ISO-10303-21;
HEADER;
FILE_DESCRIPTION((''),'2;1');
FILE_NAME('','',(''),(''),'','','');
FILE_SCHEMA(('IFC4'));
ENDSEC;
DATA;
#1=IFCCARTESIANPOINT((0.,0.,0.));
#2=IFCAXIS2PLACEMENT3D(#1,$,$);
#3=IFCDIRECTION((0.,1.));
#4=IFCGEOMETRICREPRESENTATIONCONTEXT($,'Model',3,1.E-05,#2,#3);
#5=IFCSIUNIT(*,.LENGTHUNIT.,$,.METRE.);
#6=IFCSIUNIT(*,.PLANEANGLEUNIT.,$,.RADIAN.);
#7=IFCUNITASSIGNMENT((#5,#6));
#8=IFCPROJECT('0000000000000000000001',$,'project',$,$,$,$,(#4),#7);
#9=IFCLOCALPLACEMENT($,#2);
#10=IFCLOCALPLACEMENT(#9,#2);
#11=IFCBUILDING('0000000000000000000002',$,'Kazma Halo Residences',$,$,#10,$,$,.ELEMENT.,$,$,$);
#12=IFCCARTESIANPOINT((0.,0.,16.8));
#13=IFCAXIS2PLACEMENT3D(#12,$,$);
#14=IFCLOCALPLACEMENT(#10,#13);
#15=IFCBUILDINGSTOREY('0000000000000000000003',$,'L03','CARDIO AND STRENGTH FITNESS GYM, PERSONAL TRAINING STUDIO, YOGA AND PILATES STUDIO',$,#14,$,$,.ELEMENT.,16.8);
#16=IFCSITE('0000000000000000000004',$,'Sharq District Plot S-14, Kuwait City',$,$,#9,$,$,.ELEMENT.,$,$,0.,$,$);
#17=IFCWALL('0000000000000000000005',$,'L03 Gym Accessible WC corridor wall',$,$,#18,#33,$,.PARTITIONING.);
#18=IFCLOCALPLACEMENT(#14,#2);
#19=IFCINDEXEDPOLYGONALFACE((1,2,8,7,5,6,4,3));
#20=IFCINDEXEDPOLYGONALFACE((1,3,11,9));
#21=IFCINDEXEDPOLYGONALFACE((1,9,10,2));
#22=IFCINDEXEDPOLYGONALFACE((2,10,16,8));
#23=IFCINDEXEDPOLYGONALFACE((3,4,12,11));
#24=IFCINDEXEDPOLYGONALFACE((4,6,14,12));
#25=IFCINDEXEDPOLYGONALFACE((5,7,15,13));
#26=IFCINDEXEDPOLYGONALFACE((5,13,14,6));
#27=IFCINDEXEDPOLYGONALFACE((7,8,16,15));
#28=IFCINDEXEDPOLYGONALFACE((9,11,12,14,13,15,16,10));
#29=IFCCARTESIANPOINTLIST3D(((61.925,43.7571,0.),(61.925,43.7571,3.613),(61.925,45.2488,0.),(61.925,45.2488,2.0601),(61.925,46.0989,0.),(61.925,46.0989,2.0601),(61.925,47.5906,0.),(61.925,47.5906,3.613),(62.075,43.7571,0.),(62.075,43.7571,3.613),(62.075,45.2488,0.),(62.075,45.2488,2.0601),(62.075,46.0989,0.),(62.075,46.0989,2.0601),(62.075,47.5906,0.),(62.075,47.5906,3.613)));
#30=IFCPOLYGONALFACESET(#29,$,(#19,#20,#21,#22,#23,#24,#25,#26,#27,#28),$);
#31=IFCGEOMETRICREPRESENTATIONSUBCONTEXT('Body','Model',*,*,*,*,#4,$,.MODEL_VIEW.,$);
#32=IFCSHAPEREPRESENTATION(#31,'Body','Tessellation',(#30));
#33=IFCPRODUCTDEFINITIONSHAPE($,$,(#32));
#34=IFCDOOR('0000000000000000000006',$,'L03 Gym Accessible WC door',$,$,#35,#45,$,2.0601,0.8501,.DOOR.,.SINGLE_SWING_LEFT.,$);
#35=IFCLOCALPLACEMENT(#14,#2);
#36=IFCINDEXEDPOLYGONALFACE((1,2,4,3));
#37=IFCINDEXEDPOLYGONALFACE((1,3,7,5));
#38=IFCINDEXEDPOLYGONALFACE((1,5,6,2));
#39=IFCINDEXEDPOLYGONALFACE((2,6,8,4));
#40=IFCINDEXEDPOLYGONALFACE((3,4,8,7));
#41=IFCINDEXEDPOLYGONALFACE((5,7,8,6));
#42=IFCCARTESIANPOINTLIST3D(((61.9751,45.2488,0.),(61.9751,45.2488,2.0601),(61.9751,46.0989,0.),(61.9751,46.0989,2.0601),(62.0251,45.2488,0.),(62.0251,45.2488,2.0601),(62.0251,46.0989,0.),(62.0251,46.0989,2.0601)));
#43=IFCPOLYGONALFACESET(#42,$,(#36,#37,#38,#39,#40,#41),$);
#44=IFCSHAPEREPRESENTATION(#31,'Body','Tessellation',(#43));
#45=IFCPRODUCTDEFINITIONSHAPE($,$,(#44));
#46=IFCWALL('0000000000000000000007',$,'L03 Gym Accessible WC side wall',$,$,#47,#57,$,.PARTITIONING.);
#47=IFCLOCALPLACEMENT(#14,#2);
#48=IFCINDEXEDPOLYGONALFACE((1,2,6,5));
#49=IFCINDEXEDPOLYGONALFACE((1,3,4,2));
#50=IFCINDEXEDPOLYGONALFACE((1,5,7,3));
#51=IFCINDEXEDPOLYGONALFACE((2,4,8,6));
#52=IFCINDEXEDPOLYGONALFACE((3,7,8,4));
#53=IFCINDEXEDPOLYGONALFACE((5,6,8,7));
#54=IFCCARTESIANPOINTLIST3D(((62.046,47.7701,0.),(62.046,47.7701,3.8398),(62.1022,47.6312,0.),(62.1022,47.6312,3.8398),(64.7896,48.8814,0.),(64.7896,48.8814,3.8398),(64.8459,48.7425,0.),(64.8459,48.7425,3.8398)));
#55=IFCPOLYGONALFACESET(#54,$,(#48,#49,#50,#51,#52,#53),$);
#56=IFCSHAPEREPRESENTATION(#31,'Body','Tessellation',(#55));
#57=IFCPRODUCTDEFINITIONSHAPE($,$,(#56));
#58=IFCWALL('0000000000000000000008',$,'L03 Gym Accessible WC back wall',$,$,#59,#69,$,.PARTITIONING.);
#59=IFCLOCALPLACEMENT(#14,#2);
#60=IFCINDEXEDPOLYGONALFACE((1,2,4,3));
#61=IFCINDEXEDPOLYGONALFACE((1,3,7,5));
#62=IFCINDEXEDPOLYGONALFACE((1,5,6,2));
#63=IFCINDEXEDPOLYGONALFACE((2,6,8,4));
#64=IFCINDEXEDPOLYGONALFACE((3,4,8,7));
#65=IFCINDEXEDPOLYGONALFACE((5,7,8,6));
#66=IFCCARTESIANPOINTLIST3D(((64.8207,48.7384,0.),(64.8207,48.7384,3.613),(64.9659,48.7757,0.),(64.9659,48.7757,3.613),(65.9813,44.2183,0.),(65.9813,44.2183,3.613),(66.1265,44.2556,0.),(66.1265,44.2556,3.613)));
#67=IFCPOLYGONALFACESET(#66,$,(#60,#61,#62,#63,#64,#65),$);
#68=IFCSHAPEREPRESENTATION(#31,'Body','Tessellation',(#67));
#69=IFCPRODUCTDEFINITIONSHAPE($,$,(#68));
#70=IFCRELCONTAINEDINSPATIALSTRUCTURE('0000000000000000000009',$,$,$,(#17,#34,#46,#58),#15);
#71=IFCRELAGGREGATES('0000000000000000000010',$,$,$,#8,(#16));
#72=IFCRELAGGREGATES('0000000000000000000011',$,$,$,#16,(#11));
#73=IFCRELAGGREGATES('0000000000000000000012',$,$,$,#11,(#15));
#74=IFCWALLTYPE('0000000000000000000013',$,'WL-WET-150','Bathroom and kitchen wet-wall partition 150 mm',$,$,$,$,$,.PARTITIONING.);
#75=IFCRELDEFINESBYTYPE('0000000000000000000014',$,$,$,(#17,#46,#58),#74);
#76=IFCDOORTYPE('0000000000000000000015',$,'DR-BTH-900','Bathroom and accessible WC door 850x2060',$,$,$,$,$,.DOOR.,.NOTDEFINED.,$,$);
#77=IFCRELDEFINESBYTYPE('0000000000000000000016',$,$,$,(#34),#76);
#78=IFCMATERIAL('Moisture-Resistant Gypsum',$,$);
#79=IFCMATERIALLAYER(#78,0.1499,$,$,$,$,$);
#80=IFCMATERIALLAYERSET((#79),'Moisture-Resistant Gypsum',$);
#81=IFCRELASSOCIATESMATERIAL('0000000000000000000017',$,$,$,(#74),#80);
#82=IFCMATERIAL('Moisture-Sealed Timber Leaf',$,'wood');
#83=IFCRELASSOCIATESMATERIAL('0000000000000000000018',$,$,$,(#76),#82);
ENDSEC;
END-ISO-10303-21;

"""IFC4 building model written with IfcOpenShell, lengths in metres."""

from ifc_helpers import new_model, si_unit, direction, frame, frame_2d, origin, place, context, subcontext, project, spatial, rectangle, extrude, material, layer, layer_set, type_object, element, fill, save


model = new_model("IFC4")

# Units and contexts
model_context = context("Model", 3, precision=1e-05, world=origin(), true_north=direction((0.0, 1.0)))
body_context = subcontext(model_context, "Body", "Model", "MODEL_VIEW")
ifc_project = project(units=[si_unit("LENGTHUNIT", "METRE"), si_unit("PLANEANGLEUNIT", "RADIAN")], contexts=[model_context])

# Site, building, storey
site_placement = place(None, origin())
site = spatial("IfcSite", under=ifc_project, at=site_placement, Name="Sharq District Plot S-14, Kuwait City", CompositionType="ELEMENT", RefElevation=0.0)
building_placement = place(site_placement, origin())
building = spatial("IfcBuilding", under=site, at=building_placement, Name="Kazma Halo Residences", CompositionType="ELEMENT")
storey_placement = place(building_placement, frame((0.0, 0.0, 16.8)))
storey = spatial("IfcBuildingStorey", under=building, at=storey_placement, Name="L03", Description="CARDIO AND STRENGTH FITNESS GYM, PERSONAL TRAINING STUDIO, YOGA AND PILATES STUDIO", CompositionType="ELEMENT", Elevation=16.8)

# Shared definitions
ifc_material_1 = material(Name="Moisture-Resistant Gypsum")
ifc_layer_1 = layer(ifc_material_1, 0.1499)
ifc_layer_set_1 = layer_set([ifc_layer_1], Name="Moisture-Resistant Gypsum")
wall_type_1 = type_object("IfcWallType", Name="WL-WET-150", Description="Bathroom and kitchen wet-wall partition 150 mm", PredefinedType="PARTITIONING", material=ifc_layer_set_1)

# Wall, opening, door
wall_1_placement = place(storey_placement, frame((62.0, 43.7571, 0.0), z_axis=(0.0, 0.0, 1.0), x_axis=(0.0, 1.0, 0.0)))
wall_1 = element("IfcWall", 1, at=wall_1_placement, inside=storey, type_object=wall_type_1, Name="L03 Gym Accessible WC corridor wall", PredefinedType="PARTITIONING", context=body_context, shape_type="SweptSolid", body=[
    extrude(rectangle(XDim=3.8335, YDim=0.1499, at=frame_2d((1.9167, 0.0))), origin(), (0.0, 0.0, 1.0), 3.613),
])
opening_1_placement = place(wall_1_placement, frame((1.4917, 0.0, 0.0)))
opening_1 = element("IfcOpeningElement", 2, at=opening_1_placement, cuts=wall_1, PredefinedType="OPENING", context=body_context, shape_type="SweptSolid", body=[
    extrude(rectangle(XDim=0.8501, YDim=2.0601, at=frame_2d((0.425, 1.03))), frame((0.0, 0.085, 0.0), z_axis=(0.0, -1.0, 0.0), x_axis=(1.0, 0.0, 0.0)), (0.0, 0.0, 1.0), 0.1699),
])
ifc_material_2 = material(Name="Moisture-Sealed Timber Leaf", Category="wood")
door_type_1 = type_object("IfcDoorType", Name="DR-BTH-900", Description="Bathroom and accessible WC door 850x2060", OperationType="NOTDEFINED", PredefinedType="DOOR", material=ifc_material_2)
door_1_placement = place(opening_1_placement, origin())
door_1 = element("IfcDoor", 3, at=door_1_placement, inside=storey, type_object=door_type_1, Name="L03 Gym Accessible WC door", OperationType="SINGLE_SWING_LEFT", OverallHeight=2.0601, OverallWidth=0.8501, PredefinedType="DOOR", context=body_context, shape_type="SweptSolid", body=[
    extrude(rectangle(XDim=0.8501, YDim=2.0601, at=frame_2d((0.425, 1.03))), frame((0.0, 0.0249, 0.0), z_axis=(0.0, -1.0, 0.0), x_axis=(1.0, 0.0, 0.0)), (0.0, 0.0, 1.0), 0.05),
])
fill(opening_1, door_1)

# Walls
wall_2_placement = place(storey_placement, frame((62.0742, 47.7007, 0.0), z_axis=(0.0, 0.0, 1.0), x_axis=(0.926853, 0.375426, 0.0)))
element("IfcWall", 4, at=wall_2_placement, inside=storey, type_object=wall_type_1, Name="L03 Gym Accessible WC side wall", PredefinedType="PARTITIONING", context=body_context, shape_type="SweptSolid", body=[
    extrude(rectangle(XDim=2.9602, YDim=0.1499, at=frame_2d((1.48, 0.0))), origin(), (0.0, 0.0, 1.0), 3.8398),
])
wall_3_placement = place(storey_placement, frame((66.054, 44.2368, 0.0), z_axis=(0.0, 0.0, 1.0), x_axis=(-0.24871, 0.968578, 0.0)))
element("IfcWall", 5, at=wall_3_placement, inside=storey, type_object=wall_type_1, Name="L03 Gym Accessible WC back wall", PredefinedType="PARTITIONING", context=body_context, shape_type="SweptSolid", body=[
    extrude(rectangle(XDim=4.6667, YDim=0.1499, at=frame_2d((2.3335, 0.0))), origin(), (0.0, 0.0, 1.0), 3.613),
])

save(model, "model.ifc")
